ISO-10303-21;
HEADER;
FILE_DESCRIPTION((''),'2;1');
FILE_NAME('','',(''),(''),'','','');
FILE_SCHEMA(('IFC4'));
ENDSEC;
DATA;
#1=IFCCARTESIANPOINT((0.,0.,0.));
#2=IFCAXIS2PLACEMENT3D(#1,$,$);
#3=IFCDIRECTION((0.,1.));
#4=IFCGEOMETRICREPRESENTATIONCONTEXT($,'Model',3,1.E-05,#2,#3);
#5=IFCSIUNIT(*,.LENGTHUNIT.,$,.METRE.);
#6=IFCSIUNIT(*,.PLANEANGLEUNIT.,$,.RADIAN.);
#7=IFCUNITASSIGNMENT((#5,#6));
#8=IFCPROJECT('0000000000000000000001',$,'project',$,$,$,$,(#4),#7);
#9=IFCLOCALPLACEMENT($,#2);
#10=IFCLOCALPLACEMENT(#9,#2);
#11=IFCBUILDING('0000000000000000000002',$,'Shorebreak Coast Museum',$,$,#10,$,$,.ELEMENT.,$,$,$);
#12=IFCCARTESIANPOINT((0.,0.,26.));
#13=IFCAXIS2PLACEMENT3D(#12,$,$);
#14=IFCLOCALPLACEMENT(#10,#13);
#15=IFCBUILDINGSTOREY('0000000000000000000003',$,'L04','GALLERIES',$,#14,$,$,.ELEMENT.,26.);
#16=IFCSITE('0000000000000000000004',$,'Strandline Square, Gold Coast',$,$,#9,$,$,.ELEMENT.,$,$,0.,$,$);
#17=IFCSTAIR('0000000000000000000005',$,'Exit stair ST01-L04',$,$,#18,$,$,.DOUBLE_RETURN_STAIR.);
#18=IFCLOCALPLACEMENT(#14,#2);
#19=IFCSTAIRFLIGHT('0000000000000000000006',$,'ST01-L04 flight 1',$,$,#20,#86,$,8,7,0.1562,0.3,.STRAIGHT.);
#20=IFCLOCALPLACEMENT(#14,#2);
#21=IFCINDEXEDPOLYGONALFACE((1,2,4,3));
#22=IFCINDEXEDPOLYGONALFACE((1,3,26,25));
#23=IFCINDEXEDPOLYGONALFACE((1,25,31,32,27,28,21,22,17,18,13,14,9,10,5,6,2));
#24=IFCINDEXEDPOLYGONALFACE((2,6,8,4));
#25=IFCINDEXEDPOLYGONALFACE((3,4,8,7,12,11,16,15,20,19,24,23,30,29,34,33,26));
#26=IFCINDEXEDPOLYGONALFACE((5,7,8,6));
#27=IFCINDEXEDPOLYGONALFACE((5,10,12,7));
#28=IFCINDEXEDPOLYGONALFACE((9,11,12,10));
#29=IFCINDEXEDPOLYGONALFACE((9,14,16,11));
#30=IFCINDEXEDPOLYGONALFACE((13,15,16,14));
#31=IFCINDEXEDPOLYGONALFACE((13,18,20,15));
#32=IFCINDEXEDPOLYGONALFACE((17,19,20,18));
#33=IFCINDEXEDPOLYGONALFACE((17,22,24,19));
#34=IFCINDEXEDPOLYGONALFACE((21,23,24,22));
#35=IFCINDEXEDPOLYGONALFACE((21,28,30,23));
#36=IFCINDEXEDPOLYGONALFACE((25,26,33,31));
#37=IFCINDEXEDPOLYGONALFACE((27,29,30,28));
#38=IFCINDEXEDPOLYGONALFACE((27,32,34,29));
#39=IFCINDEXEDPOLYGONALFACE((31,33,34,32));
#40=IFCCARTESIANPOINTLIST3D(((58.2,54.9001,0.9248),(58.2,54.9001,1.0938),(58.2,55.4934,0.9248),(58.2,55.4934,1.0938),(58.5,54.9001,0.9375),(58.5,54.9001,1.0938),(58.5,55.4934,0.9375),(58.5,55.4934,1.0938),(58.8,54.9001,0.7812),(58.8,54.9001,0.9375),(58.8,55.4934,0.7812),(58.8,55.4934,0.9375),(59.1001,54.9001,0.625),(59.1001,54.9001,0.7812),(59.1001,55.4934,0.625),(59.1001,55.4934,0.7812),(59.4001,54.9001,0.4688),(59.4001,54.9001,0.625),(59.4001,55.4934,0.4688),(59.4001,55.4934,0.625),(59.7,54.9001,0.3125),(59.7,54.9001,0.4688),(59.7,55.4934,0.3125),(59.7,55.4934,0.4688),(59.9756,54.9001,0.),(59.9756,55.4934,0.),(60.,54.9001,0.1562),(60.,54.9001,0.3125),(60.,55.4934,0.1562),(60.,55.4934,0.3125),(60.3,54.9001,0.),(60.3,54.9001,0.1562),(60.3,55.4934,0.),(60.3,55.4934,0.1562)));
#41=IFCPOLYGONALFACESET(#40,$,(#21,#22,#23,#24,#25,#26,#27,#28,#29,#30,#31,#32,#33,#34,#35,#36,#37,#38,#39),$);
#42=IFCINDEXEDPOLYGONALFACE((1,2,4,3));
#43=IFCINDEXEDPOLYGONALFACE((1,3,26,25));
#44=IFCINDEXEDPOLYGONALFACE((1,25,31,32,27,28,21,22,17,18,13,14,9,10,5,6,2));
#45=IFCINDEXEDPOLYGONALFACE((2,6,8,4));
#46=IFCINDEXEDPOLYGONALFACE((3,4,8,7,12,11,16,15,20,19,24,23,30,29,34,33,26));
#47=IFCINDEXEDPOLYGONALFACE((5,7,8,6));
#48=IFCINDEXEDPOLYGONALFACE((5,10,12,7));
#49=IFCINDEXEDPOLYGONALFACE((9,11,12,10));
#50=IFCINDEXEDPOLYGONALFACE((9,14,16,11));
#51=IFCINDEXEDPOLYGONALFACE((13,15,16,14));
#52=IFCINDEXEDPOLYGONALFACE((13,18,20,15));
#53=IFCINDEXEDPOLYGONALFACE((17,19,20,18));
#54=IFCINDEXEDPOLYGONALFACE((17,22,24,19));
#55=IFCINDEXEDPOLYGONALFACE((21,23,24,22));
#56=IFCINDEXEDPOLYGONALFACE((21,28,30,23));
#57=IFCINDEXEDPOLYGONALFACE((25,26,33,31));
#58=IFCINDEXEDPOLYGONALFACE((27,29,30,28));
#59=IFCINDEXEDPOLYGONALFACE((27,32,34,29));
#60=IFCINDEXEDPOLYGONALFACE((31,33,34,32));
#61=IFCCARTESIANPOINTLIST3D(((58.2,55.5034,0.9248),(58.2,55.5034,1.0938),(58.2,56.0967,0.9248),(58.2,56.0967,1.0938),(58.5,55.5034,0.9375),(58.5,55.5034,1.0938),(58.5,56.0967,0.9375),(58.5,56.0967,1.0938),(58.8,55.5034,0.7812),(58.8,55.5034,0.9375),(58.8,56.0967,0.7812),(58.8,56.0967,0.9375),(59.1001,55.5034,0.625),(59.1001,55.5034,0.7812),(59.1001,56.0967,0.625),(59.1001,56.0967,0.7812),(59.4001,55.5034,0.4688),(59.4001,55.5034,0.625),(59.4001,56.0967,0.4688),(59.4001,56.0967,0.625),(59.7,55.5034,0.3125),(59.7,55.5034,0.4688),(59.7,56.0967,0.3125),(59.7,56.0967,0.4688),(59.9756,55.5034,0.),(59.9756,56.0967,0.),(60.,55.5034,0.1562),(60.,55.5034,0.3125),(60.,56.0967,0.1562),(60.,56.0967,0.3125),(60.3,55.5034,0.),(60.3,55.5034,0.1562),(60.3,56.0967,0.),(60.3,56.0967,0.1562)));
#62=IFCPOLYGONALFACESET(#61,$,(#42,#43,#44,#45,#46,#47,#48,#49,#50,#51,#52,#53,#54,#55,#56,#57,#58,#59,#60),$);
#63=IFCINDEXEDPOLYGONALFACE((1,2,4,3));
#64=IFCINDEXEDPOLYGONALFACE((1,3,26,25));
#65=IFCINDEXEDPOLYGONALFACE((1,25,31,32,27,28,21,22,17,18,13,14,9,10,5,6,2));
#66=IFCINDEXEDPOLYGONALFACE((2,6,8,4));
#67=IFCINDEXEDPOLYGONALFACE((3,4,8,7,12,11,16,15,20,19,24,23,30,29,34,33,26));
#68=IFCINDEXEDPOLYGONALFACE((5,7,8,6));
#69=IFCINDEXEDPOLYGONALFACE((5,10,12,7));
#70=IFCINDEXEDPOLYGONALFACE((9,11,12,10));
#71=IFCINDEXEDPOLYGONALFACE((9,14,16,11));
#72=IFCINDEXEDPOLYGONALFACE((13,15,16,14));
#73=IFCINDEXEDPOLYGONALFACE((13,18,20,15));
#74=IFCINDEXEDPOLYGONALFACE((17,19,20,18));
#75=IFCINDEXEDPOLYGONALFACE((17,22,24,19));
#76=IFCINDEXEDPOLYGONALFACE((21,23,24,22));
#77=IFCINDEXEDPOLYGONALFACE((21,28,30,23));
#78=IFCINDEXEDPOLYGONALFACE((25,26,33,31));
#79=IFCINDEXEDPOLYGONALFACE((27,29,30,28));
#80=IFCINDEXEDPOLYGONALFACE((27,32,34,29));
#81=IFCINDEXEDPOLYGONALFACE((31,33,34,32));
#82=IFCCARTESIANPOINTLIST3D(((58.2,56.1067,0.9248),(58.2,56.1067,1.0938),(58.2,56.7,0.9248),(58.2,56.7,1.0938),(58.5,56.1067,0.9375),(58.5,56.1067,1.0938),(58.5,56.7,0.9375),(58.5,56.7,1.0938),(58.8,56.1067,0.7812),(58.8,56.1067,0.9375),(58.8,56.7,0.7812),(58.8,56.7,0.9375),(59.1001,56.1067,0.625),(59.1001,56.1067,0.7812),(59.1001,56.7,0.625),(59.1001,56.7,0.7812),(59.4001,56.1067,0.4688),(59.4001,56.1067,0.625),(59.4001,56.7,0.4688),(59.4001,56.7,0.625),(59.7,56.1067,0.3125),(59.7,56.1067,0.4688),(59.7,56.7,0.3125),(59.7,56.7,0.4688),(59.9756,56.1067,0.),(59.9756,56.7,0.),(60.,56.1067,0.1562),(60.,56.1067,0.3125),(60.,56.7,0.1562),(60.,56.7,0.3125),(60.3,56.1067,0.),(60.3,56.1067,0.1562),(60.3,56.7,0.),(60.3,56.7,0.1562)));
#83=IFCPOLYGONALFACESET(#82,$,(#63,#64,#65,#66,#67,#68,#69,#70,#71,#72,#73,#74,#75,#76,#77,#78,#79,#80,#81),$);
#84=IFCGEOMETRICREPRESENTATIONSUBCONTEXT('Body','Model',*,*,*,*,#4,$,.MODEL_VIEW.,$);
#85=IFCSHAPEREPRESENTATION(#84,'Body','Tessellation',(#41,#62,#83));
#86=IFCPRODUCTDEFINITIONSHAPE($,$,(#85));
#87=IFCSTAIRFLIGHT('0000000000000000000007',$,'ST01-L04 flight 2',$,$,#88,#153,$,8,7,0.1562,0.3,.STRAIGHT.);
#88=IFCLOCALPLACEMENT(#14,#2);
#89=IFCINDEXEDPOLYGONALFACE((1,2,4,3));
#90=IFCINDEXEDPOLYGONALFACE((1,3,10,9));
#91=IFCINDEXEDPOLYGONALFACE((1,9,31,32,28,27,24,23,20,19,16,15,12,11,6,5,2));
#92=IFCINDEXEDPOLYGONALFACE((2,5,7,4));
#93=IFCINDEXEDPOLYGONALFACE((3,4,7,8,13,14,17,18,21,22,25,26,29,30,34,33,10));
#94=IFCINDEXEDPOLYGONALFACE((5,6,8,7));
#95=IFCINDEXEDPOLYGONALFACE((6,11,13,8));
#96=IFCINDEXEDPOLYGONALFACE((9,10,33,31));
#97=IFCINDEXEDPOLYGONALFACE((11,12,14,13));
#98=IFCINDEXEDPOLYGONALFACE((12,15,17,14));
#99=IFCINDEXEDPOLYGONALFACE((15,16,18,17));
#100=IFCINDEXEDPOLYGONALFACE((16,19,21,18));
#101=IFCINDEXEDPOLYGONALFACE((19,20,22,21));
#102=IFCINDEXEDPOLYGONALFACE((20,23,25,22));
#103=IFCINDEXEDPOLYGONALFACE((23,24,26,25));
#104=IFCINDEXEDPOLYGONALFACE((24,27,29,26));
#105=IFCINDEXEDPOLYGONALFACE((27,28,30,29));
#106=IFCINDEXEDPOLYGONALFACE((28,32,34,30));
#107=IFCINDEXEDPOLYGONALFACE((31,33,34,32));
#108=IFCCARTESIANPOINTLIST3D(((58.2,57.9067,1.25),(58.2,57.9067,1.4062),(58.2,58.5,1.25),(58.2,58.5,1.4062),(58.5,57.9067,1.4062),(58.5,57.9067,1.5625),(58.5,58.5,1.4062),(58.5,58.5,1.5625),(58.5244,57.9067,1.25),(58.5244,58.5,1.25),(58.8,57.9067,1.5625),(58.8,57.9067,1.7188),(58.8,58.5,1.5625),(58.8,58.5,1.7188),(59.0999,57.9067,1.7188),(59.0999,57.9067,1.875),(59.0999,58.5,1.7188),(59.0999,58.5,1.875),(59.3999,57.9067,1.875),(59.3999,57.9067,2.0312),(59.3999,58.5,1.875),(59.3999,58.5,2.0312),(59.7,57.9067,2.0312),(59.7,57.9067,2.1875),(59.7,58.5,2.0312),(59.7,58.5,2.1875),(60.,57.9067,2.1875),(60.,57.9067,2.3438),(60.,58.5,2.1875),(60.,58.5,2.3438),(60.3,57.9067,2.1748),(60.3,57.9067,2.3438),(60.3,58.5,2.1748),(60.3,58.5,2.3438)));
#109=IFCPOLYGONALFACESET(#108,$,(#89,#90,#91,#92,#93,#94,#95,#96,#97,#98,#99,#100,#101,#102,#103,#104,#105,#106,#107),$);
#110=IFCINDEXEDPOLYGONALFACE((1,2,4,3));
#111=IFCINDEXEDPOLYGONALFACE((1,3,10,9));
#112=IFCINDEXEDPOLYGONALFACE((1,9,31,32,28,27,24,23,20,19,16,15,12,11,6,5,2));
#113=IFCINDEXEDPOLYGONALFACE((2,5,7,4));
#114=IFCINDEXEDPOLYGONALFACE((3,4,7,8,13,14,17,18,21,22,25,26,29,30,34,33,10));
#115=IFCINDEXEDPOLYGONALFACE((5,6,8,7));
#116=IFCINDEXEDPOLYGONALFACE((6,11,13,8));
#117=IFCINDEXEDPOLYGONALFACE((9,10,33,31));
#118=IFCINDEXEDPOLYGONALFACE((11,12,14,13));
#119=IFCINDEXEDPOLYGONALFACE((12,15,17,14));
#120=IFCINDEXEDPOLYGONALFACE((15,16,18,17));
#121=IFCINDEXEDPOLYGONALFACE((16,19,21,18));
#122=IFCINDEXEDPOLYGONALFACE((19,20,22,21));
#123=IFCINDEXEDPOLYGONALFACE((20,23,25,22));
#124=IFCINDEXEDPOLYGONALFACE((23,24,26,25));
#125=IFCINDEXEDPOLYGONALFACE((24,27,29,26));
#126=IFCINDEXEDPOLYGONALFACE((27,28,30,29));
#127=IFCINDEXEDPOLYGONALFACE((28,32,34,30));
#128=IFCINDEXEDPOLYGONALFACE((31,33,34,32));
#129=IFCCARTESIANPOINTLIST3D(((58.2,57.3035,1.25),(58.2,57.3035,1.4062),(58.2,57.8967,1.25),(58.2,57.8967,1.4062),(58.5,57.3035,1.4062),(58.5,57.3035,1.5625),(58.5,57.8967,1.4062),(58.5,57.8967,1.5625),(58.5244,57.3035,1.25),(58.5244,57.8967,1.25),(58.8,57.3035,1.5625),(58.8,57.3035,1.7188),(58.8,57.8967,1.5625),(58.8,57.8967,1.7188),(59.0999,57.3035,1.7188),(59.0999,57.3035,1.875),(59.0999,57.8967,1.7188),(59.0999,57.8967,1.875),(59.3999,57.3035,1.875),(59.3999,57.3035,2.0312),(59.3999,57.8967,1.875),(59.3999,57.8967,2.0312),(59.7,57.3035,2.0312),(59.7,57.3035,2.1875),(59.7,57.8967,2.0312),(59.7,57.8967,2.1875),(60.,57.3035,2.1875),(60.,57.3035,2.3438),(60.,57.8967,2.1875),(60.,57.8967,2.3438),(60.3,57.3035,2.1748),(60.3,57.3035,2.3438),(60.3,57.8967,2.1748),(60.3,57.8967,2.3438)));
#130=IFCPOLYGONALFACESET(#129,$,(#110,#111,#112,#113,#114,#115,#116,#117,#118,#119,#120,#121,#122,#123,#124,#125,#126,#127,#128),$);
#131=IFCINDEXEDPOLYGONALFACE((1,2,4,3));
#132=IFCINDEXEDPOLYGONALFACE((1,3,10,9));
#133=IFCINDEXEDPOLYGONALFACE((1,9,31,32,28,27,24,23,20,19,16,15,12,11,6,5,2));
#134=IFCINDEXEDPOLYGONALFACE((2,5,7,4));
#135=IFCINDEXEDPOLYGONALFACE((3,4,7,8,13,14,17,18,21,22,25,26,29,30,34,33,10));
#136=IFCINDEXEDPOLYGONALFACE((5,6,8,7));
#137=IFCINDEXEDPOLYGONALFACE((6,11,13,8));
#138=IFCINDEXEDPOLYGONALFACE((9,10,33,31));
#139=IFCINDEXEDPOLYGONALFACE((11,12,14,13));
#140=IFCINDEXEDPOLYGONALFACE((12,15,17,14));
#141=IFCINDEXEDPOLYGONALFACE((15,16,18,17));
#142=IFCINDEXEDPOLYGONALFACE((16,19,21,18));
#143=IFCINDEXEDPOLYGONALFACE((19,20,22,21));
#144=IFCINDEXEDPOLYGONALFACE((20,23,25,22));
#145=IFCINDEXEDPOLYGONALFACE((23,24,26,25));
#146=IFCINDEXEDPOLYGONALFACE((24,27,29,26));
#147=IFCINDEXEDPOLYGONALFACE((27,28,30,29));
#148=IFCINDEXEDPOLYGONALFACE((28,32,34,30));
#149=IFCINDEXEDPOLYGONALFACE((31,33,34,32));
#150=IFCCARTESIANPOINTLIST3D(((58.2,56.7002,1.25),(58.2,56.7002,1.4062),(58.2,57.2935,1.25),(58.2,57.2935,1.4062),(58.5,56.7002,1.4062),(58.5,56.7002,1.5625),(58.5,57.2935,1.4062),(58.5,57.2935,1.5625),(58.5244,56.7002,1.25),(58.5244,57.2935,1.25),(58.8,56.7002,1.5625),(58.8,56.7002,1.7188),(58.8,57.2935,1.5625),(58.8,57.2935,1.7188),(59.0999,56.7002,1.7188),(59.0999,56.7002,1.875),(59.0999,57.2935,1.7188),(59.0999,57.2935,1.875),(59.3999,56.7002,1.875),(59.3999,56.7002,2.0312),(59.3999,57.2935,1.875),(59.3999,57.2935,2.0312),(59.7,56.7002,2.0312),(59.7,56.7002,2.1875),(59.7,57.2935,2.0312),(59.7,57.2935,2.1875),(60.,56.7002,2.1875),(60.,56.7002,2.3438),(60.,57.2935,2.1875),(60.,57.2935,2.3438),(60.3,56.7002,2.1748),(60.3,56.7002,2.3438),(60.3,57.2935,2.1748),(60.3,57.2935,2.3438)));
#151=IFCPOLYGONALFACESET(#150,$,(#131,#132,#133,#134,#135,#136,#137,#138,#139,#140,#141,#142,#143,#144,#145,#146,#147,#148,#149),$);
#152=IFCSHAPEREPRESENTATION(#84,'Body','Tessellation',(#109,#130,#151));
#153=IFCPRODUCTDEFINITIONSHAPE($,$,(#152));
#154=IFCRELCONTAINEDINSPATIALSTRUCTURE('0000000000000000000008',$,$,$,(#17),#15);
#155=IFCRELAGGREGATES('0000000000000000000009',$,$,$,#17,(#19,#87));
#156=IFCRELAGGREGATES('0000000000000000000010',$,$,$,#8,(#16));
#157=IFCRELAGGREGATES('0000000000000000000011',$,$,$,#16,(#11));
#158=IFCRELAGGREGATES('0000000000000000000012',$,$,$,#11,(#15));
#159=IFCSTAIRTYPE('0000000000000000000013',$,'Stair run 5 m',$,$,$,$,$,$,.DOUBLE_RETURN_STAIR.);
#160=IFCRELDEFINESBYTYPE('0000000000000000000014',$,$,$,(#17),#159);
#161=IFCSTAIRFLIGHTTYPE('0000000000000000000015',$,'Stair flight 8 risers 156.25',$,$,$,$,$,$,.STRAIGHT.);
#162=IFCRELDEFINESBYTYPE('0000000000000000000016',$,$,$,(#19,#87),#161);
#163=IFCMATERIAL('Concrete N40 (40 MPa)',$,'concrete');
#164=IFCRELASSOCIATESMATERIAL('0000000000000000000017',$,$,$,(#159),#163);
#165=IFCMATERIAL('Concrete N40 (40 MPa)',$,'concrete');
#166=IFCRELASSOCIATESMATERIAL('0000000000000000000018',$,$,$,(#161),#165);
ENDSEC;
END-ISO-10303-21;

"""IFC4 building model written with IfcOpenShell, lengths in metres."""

from ifc_helpers import new_model, si_unit, direction, frame, origin, place, context, subcontext, project, spatial, polyline, outline, extrude, material, type_object, element, aggregate, save


model = new_model("IFC4")

# Units and contexts
model_context = context("Model", 3, precision=1e-05, world=origin(), true_north=direction((0.0, 1.0)))
body_context = subcontext(model_context, "Body", "Model", "MODEL_VIEW")
ifc_project = project(units=[si_unit("LENGTHUNIT", "METRE"), si_unit("PLANEANGLEUNIT", "RADIAN")], contexts=[model_context])

# Site, building, storey
site_placement = place(None, origin())
site = spatial("IfcSite", under=ifc_project, at=site_placement, Name="Strandline Square, Gold Coast", CompositionType="ELEMENT", RefElevation=0.0)
building_placement = place(site_placement, origin())
building = spatial("IfcBuilding", under=site, at=building_placement, Name="Shorebreak Coast Museum", CompositionType="ELEMENT")
storey_placement = place(building_placement, frame((0.0, 0.0, 26.0)))
storey = spatial("IfcBuildingStorey", under=building, at=storey_placement, Name="L04", Description="GALLERIES", CompositionType="ELEMENT", Elevation=26.0)

# Stair, stair flights
ifc_material_1 = material(Name="Concrete N40 (40 MPa)", Category="concrete")
stair_type = type_object("IfcStairType", Name="Stair run 5 m", PredefinedType="DOUBLE_RETURN_STAIR", material=ifc_material_1)
stair_placement = place(storey_placement, origin())
stair = element("IfcStair", 1, at=stair_placement, inside=storey, type_object=stair_type, Name="Exit stair ST01-L04", PredefinedType="DOUBLE_RETURN_STAIR")
ifc_material_2 = material(Name="Concrete N40 (40 MPa)", Category="concrete")
stair_flight_type = type_object("IfcStairFlightType", Name="Stair flight 8 risers 156.25", PredefinedType="STRAIGHT", material=ifc_material_2)
stair_flight_1_placement = place(storey_placement, frame((60.3, 55.8, 0.0), z_axis=(0.0, 0.0, 1.0), x_axis=(-1.0, 0.0, 0.0)))
stair_flight_1 = element("IfcStairFlight", 2, at=stair_flight_1_placement, type_object=stair_flight_type, Name="ST01-L04 flight 1", NumberOfRisers=8, NumberOfTreads=7, PredefinedType="STRAIGHT", RiserHeight=0.1562, TreadLength=0.3, context=body_context, shape_type="SweptSolid", body=[
    extrude(outline(polyline([(0.0, 0.0), (0.0, 0.1562), (0.3, 0.1562), (0.3, 0.3125), (0.6001, 0.3125), (0.6001, 0.4688), (0.8999, 0.4688), (0.8999, 0.625), (1.2, 0.625), (1.2, 0.7812), (1.5, 0.7812), (1.5, 0.9375), (1.8, 0.9375), (1.8, 1.0938), (2.1001, 1.0938), (2.1001, 1.25), (2.1001, 0.9248), (0.3245, 0.0), (0.0, 0.0)])), frame((0.0, 0.8999, 0.0), z_axis=(0.0, -1.0, 0.0), x_axis=(1.0, 0.0, 0.0)), (0.0, 0.0, 1.0), 0.5933),
    extrude(outline(polyline([(0.0, 0.0), (0.0, 0.1562), (0.3, 0.1562), (0.3, 0.3125), (0.6001, 0.3125), (0.6001, 0.4688), (0.8999, 0.4688), (0.8999, 0.625), (1.2, 0.625), (1.2, 0.7812), (1.5, 0.7812), (1.5, 0.9375), (1.8, 0.9375), (1.8, 1.0938), (2.1001, 1.0938), (2.1001, 1.25), (2.1001, 0.9248), (0.3245, 0.0), (0.0, 0.0)])), frame((0.0, 0.2966, 0.0), z_axis=(0.0, -1.0, 0.0), x_axis=(1.0, 0.0, 0.0)), (0.0, 0.0, 1.0), 0.5933),
    extrude(outline(polyline([(0.0, 0.0), (0.0, 0.1562), (0.3, 0.1562), (0.3, 0.3125), (0.6001, 0.3125), (0.6001, 0.4688), (0.8999, 0.4688), (0.8999, 0.625), (1.2, 0.625), (1.2, 0.7812), (1.5, 0.7812), (1.5, 0.9375), (1.8, 0.9375), (1.8, 1.0938), (2.1001, 1.0938), (2.1001, 1.25), (2.1001, 0.9248), (0.3245, 0.0), (0.0, 0.0)])), frame((0.0, -0.3066, 0.0), z_axis=(0.0, -1.0, 0.0), x_axis=(1.0, 0.0, 0.0)), (0.0, 0.0, 1.0), 0.5933),
])
stair_flight_2_placement = place(storey_placement, frame((58.2, 57.6001, 1.25), z_axis=(0.0, 0.0, 1.0), x_axis=(1.0, 0.0, 0.0)))
stair_flight_2 = element("IfcStairFlight", 3, at=stair_flight_2_placement, type_object=stair_flight_type, Name="ST01-L04 flight 2", NumberOfRisers=8, NumberOfTreads=7, PredefinedType="STRAIGHT", RiserHeight=0.1562, TreadLength=0.3, context=body_context, shape_type="SweptSolid", body=[
    extrude(outline(polyline([(0.0, 0.0), (0.0, 0.1562), (0.3, 0.1562), (0.3, 0.3125), (0.6001, 0.3125), (0.6001, 0.4688), (0.8999, 0.4688), (0.8999, 0.625), (1.2, 0.625), (1.2, 0.7812), (1.5, 0.7812), (1.5, 0.9375), (1.8, 0.9375), (1.8, 1.0938), (2.1001, 1.0938), (2.1001, 1.25), (2.1001, 0.9248), (0.3245, 0.0), (0.0, 0.0)])), frame((0.0, 0.8999, 0.0), z_axis=(0.0, -1.0, 0.0), x_axis=(1.0, 0.0, 0.0)), (0.0, 0.0, 1.0), 0.5933),
    extrude(outline(polyline([(0.0, 0.0), (0.0, 0.1562), (0.3, 0.1562), (0.3, 0.3125), (0.6001, 0.3125), (0.6001, 0.4688), (0.8999, 0.4688), (0.8999, 0.625), (1.2, 0.625), (1.2, 0.7812), (1.5, 0.7812), (1.5, 0.9375), (1.8, 0.9375), (1.8, 1.0938), (2.1001, 1.0938), (2.1001, 1.25), (2.1001, 0.9248), (0.3245, 0.0), (0.0, 0.0)])), frame((0.0, 0.2966, 0.0), z_axis=(0.0, -1.0, 0.0), x_axis=(1.0, 0.0, 0.0)), (0.0, 0.0, 1.0), 0.5933),
    extrude(outline(polyline([(0.0, 0.0), (0.0, 0.1562), (0.3, 0.1562), (0.3, 0.3125), (0.6001, 0.3125), (0.6001, 0.4688), (0.8999, 0.4688), (0.8999, 0.625), (1.2, 0.625), (1.2, 0.7812), (1.5, 0.7812), (1.5, 0.9375), (1.8, 0.9375), (1.8, 1.0938), (2.1001, 1.0938), (2.1001, 1.25), (2.1001, 0.9248), (0.3245, 0.0), (0.0, 0.0)])), frame((0.0, -0.3066, 0.0), z_axis=(0.0, -1.0, 0.0), x_axis=(1.0, 0.0, 0.0)), (0.0, 0.0, 1.0), 0.5933),
])
aggregate(stair, [stair_flight_1, stair_flight_2])

save(model, "model.ifc")
